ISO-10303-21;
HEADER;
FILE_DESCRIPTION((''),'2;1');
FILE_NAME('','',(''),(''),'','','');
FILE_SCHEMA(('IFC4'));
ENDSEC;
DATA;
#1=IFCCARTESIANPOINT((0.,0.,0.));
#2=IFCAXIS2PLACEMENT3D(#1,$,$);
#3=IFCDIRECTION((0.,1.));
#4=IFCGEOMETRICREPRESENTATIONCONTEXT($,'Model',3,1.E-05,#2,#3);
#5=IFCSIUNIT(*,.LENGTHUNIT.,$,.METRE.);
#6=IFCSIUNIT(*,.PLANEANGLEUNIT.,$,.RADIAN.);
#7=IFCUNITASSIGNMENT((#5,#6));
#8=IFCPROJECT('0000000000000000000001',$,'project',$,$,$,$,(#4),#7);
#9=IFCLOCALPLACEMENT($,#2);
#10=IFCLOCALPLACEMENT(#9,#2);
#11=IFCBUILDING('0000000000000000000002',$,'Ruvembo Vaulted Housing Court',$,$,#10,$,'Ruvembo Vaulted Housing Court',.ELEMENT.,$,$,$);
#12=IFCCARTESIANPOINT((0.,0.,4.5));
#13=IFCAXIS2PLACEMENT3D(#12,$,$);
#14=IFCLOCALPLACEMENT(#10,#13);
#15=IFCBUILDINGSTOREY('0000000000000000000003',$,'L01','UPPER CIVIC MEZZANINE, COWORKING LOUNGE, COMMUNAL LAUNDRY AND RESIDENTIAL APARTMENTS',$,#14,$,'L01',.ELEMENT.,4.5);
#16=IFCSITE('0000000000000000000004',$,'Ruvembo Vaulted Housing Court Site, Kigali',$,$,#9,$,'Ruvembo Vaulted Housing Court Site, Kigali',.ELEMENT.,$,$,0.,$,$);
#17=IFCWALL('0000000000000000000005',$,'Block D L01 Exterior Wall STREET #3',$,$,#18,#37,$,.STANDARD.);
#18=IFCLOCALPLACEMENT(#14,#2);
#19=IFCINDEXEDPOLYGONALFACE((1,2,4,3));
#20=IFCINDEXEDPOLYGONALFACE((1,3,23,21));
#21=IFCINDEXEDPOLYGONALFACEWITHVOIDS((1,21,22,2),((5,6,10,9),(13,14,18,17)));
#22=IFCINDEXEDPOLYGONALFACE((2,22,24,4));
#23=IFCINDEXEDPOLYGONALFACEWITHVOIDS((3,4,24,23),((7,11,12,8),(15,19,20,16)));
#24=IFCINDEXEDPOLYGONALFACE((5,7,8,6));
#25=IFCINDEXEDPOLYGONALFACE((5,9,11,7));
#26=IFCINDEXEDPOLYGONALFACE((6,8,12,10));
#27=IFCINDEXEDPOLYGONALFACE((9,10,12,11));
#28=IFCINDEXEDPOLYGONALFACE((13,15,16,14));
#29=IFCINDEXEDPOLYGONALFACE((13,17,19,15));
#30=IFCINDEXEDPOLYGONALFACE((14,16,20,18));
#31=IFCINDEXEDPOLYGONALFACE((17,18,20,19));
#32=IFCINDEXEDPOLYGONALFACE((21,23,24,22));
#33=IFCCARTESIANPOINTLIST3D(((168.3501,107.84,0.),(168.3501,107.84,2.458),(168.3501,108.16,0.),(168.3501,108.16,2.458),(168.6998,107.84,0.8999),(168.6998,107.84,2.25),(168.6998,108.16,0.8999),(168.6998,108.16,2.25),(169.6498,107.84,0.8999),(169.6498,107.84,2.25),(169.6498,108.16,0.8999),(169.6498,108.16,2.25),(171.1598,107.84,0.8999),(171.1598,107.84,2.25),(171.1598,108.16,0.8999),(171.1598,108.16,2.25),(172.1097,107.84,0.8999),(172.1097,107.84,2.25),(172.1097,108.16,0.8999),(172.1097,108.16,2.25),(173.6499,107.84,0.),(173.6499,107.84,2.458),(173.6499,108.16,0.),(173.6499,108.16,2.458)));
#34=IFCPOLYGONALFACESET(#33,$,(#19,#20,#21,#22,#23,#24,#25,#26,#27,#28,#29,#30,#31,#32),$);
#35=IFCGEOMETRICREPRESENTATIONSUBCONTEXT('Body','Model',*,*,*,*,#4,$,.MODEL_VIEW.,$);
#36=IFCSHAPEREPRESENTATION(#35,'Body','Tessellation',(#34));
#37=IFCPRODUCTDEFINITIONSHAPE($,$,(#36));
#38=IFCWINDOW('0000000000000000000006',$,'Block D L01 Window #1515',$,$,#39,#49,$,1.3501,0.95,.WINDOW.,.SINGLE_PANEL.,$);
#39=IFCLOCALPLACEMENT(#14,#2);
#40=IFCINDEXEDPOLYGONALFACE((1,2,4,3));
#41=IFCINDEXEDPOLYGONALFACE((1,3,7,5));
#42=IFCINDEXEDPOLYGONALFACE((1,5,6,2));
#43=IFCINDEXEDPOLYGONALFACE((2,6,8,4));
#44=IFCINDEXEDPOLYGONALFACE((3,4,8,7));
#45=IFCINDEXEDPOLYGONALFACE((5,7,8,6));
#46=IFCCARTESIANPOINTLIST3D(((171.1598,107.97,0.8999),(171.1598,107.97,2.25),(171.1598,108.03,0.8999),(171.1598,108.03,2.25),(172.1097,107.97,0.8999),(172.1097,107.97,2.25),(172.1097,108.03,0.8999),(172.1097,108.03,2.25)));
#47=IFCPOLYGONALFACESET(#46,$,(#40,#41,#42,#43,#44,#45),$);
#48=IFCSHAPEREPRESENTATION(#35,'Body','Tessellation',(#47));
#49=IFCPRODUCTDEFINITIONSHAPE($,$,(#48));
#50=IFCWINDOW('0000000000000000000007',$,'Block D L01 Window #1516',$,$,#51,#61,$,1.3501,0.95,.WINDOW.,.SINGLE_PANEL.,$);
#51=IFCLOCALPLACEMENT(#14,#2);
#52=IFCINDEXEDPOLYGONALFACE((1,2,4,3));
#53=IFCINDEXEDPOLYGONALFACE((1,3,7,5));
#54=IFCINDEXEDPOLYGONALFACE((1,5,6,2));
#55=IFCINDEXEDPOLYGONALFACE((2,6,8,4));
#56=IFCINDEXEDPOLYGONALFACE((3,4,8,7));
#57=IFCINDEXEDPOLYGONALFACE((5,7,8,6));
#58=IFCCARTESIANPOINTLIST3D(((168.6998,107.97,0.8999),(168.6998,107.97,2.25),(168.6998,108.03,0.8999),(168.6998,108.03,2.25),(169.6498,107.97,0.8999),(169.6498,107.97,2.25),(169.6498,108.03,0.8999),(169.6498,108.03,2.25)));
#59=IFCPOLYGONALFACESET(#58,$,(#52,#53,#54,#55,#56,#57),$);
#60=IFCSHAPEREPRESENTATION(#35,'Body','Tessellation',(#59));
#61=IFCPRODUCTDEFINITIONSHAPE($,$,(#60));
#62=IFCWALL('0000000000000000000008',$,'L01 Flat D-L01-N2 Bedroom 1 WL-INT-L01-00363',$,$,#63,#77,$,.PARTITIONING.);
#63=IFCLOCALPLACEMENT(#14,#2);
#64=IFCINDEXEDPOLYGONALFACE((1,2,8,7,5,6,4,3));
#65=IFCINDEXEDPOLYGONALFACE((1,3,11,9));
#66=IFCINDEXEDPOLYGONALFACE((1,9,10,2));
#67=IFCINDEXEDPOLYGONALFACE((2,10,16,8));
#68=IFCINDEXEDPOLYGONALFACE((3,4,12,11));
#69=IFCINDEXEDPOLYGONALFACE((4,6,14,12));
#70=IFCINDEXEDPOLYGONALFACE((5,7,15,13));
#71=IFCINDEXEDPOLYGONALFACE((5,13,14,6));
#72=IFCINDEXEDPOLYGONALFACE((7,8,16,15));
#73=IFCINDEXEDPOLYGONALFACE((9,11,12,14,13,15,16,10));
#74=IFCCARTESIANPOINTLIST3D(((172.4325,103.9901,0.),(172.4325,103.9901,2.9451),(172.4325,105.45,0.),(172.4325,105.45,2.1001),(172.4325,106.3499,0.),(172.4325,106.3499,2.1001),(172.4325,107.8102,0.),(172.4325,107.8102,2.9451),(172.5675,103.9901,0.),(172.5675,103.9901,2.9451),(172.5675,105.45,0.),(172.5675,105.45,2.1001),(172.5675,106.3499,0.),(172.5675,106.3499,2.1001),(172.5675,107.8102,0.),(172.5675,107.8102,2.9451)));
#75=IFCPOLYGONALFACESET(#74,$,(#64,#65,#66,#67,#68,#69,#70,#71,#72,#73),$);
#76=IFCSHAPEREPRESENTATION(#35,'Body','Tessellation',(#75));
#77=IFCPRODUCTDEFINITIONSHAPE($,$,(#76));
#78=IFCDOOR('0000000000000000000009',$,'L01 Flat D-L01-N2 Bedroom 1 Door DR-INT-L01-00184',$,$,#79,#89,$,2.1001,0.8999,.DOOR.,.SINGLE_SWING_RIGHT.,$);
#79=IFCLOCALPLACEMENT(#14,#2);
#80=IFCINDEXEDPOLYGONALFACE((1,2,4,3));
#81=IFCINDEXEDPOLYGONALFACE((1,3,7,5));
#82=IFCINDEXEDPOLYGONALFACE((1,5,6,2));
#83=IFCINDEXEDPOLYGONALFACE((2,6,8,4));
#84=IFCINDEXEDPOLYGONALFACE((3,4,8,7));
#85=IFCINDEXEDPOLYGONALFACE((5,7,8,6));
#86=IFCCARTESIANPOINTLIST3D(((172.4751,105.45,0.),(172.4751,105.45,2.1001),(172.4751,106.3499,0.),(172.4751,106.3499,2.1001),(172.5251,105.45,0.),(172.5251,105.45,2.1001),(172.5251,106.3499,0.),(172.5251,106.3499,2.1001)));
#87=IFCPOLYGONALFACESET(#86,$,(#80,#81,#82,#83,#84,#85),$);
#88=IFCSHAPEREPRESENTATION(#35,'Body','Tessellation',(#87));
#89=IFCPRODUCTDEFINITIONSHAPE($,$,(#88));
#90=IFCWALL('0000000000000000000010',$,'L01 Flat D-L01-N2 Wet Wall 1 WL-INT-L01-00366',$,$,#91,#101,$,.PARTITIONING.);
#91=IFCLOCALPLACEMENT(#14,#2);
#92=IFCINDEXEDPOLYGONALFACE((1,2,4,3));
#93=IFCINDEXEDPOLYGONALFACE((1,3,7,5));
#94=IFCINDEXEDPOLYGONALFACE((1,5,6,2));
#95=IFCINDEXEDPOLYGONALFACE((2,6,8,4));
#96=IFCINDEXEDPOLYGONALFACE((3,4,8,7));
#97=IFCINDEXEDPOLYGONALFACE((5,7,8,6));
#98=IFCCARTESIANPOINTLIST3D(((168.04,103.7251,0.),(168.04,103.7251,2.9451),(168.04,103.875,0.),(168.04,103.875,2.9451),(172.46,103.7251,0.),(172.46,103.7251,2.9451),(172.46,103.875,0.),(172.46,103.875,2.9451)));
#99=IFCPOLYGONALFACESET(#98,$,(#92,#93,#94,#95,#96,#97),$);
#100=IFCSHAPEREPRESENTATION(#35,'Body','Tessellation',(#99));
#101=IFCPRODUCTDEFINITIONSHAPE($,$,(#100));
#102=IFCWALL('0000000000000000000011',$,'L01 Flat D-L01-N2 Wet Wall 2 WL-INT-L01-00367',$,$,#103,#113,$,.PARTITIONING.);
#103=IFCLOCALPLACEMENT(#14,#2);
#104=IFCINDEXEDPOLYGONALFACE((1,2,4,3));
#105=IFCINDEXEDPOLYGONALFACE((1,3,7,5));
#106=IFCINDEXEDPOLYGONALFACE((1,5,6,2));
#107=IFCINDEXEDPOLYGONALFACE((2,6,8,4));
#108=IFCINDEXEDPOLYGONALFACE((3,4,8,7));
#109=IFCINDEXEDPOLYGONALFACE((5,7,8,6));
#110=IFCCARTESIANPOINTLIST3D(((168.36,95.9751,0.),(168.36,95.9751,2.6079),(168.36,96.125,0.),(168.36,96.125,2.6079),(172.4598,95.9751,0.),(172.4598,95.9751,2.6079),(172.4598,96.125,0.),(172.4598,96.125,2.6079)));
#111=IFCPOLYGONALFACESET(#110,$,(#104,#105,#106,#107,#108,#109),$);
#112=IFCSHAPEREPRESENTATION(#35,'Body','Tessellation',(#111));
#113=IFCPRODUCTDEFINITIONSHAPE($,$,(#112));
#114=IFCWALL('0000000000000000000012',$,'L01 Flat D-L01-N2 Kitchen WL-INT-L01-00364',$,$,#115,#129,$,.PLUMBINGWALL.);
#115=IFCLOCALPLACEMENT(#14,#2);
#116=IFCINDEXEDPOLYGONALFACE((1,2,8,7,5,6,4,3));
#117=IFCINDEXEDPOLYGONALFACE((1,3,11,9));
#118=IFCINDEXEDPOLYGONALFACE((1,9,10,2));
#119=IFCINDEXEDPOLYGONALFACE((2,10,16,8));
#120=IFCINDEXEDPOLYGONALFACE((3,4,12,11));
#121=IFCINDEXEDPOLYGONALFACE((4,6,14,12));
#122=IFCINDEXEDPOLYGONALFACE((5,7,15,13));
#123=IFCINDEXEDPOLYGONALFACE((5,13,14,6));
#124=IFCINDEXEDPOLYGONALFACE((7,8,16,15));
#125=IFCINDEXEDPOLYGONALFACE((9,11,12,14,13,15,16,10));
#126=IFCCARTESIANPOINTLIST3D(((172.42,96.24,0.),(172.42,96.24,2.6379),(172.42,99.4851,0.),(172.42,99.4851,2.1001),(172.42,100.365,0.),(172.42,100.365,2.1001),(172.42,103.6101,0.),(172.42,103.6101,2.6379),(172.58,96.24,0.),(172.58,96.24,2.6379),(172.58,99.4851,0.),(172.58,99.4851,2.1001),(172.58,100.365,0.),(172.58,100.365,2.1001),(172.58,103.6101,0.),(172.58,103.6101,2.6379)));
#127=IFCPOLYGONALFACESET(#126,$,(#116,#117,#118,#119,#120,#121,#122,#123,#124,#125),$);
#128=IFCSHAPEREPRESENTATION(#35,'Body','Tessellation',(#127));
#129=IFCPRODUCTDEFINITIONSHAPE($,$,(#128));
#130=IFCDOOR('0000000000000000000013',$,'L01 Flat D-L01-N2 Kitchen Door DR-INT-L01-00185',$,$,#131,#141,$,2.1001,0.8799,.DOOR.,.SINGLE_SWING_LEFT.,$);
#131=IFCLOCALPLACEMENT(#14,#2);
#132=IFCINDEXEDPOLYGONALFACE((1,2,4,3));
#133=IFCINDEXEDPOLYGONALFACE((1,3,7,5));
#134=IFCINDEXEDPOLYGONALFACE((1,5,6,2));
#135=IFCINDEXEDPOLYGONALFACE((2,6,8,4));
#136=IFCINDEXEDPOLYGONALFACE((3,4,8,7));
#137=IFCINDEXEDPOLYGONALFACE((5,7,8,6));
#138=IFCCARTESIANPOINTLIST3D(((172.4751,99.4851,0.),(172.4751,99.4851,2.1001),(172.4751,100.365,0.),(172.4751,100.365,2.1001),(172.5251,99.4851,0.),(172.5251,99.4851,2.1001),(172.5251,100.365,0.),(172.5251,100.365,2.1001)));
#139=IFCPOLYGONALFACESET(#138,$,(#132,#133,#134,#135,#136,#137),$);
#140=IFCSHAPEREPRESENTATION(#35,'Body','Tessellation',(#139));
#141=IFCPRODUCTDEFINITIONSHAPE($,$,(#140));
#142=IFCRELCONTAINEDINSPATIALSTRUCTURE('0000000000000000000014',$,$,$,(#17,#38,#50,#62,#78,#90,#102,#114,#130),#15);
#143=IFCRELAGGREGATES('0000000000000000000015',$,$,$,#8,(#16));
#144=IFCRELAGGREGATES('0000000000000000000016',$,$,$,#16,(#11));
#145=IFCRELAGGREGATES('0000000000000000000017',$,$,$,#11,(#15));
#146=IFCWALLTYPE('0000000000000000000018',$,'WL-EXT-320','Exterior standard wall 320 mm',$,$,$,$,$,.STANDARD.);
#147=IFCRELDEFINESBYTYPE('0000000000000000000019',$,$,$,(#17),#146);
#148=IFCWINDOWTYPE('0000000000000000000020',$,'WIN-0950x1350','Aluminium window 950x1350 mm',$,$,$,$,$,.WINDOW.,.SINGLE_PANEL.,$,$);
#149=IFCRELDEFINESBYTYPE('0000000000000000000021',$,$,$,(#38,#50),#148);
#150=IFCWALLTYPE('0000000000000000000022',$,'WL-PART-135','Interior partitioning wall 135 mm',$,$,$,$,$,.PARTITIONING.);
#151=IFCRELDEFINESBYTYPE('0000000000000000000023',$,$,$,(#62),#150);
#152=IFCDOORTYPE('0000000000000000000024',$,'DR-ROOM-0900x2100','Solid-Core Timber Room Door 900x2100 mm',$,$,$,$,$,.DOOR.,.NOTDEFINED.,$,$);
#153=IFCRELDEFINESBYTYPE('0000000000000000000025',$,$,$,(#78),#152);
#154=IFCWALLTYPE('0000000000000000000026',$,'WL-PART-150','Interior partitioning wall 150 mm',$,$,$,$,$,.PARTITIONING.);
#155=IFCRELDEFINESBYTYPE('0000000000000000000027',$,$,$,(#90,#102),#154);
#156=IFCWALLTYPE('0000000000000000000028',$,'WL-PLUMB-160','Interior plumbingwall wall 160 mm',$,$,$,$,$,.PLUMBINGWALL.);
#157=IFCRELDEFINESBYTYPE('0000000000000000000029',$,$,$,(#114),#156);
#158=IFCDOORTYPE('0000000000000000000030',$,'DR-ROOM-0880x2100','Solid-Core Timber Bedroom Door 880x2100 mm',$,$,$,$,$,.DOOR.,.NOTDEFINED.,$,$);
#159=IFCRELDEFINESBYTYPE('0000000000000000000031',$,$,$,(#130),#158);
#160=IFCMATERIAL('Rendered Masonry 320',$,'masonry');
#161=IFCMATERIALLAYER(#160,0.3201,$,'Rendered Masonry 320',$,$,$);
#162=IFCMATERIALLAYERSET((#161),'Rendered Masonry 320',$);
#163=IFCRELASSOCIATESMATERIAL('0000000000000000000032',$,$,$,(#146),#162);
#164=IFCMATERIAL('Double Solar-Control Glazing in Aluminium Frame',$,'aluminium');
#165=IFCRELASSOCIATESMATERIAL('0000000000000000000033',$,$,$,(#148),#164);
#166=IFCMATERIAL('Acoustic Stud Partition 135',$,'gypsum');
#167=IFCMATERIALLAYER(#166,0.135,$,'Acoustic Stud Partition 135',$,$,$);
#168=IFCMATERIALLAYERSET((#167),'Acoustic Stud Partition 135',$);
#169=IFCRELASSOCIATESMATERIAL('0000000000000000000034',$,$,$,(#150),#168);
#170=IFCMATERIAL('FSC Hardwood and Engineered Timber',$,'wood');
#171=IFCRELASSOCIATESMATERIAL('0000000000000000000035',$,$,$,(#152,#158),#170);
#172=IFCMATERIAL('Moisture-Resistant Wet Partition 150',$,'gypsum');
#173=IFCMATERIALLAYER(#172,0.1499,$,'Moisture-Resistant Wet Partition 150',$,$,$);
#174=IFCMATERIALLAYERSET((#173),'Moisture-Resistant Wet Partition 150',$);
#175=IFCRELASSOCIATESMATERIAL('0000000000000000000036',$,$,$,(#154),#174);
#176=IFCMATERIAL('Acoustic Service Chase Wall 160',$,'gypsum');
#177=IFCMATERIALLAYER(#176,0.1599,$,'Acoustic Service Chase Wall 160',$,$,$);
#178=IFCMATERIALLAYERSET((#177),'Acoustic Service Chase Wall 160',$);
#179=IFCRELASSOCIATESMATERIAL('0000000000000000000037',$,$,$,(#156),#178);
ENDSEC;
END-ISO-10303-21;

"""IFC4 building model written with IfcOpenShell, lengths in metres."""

from ifc_helpers import new_model, si_unit, direction, frame, frame_2d, origin, place, context, subcontext, project, spatial, rectangle, extrude, material, layer, layer_set, type_object, element, fill, save


model = new_model("IFC4")

# Units and contexts
model_context = context("Model", 3, precision=1e-05, world=origin(), true_north=direction((0.0, 1.0)))
body_context = subcontext(model_context, "Body", "Model", "MODEL_VIEW")
ifc_project = project(units=[si_unit("LENGTHUNIT", "METRE"), si_unit("PLANEANGLEUNIT", "RADIAN")], contexts=[model_context])

# Site, building, storey
site_placement = place(None, origin())
site = spatial("IfcSite", under=ifc_project, at=site_placement, Name="Ruvembo Vaulted Housing Court Site, Kigali", LongName="Ruvembo Vaulted Housing Court Site, Kigali", CompositionType="ELEMENT", RefElevation=0.0)
building_placement = place(site_placement, origin())
building = spatial("IfcBuilding", under=site, at=building_placement, Name="Ruvembo Vaulted Housing Court", LongName="Ruvembo Vaulted Housing Court", CompositionType="ELEMENT")
storey_placement = place(building_placement, frame((0.0, 0.0, 4.5)))
storey = spatial("IfcBuildingStorey", under=building, at=storey_placement, Name="L01", Description="UPPER CIVIC MEZZANINE, COWORKING LOUNGE, COMMUNAL LAUNDRY AND RESIDENTIAL APARTMENTS", LongName="L01", CompositionType="ELEMENT", Elevation=4.5)

# Wall, openings, windows
ifc_material_1 = material(Name="Rendered Masonry 320", Category="masonry")
ifc_layer_1 = layer(ifc_material_1, 0.3201, Name="Rendered Masonry 320")
ifc_layer_set_1 = layer_set([ifc_layer_1], Name="Rendered Masonry 320")
wall_type_1 = type_object("IfcWallType", Name="WL-EXT-320", Description="Exterior standard wall 320 mm", PredefinedType="STANDARD", material=ifc_layer_set_1)
wall_1_placement = place(storey_placement, frame((173.6499, 108.0, 0.0), z_axis=(0.0, 0.0, 1.0), x_axis=(-1.0, 0.0, 0.0)))
wall_1 = element("IfcWall", 1, at=wall_1_placement, inside=storey, type_object=wall_type_1, Name="Block D L01 Exterior Wall STREET #3", PredefinedType="STANDARD", context=body_context, shape_type="SweptSolid", body=[
    extrude(rectangle(XDim=5.2998, YDim=0.3201, at=frame_2d((2.6499, 0.0))), origin(), (0.0, 0.0, 1.0), 2.458),
])
opening_1_placement = place(wall_1_placement, frame((1.54, 0.0, 0.8999)))
opening_1 = element("IfcOpeningElement", 2, at=opening_1_placement, cuts=wall_1, PredefinedType="OPENING", context=body_context, shape_type="SweptSolid", body=[
    extrude(rectangle(XDim=0.95, YDim=1.3501, at=frame_2d((0.4751, 0.675))), frame((0.0, 0.1699, 0.0), z_axis=(0.0, -1.0, 0.0), x_axis=(1.0, 0.0, 0.0)), (0.0, 0.0, 1.0), 0.3401),
])
opening_2_placement = place(wall_1_placement, frame((4.0, 0.0, 0.8999)))
opening_2 = element("IfcOpeningElement", 3, at=opening_2_placement, cuts=wall_1, PredefinedType="OPENING", context=body_context, shape_type="SweptSolid", body=[
    extrude(rectangle(XDim=0.95, YDim=1.3501, at=frame_2d((0.4751, 0.675))), frame((0.0, 0.1699, 0.0), z_axis=(0.0, -1.0, 0.0), x_axis=(1.0, 0.0, 0.0)), (0.0, 0.0, 1.0), 0.3401),
])
ifc_material_2 = material(Name="Double Solar-Control Glazing in Aluminium Frame", Category="aluminium")
window_type = type_object("IfcWindowType", Name="WIN-0950x1350", Description="Aluminium window 950x1350 mm", PartitioningType="SINGLE_PANEL", PredefinedType="WINDOW", material=ifc_material_2)
window_1_placement = place(opening_1_placement, origin())
window_1 = element("IfcWindow", 4, at=window_1_placement, inside=storey, type_object=window_type, Name="Block D L01 Window #1515", OverallHeight=1.3501, OverallWidth=0.95, PartitioningType="SINGLE_PANEL", PredefinedType="WINDOW", context=body_context, shape_type="SweptSolid", body=[
    extrude(rectangle(XDim=0.95, YDim=1.3501, at=frame_2d((0.4751, 0.675))), frame((0.0, 0.03, 0.0), z_axis=(0.0, -1.0, 0.0), x_axis=(1.0, 0.0, 0.0)), (0.0, 0.0, 1.0), 0.0601),
])
fill(opening_1, window_1)
window_2_placement = place(opening_2_placement, origin())
window_2 = element("IfcWindow", 5, at=window_2_placement, inside=storey, type_object=window_type, Name="Block D L01 Window #1516", OverallHeight=1.3501, OverallWidth=0.95, PartitioningType="SINGLE_PANEL", PredefinedType="WINDOW", context=body_context, shape_type="SweptSolid", body=[
    extrude(rectangle(XDim=0.95, YDim=1.3501, at=frame_2d((0.4751, 0.675))), frame((0.0, 0.03, 0.0), z_axis=(0.0, -1.0, 0.0), x_axis=(1.0, 0.0, 0.0)), (0.0, 0.0, 1.0), 0.0601),
])
fill(opening_2, window_2)

# Wall, opening, door
ifc_material_3 = material(Name="Acoustic Stud Partition 135", Category="gypsum")
ifc_layer_2 = layer(ifc_material_3, 0.135, Name="Acoustic Stud Partition 135")
ifc_layer_set_2 = layer_set([ifc_layer_2], Name="Acoustic Stud Partition 135")
wall_type_2 = type_object("IfcWallType", Name="WL-PART-135", Description="Interior partitioning wall 135 mm", PredefinedType="PARTITIONING", material=ifc_layer_set_2)
wall_2_placement = place(storey_placement, frame((172.5, 103.99, 0.0), z_axis=(0.0, 0.0, 1.0), x_axis=(0.0, 1.0, 0.0)))
wall_2 = element("IfcWall", 6, at=wall_2_placement, inside=storey, type_object=wall_type_2, Name="L01 Flat D-L01-N2 Bedroom 1 WL-INT-L01-00363", PredefinedType="PARTITIONING", context=body_context, shape_type="SweptSolid", body=[
    extrude(rectangle(XDim=3.8201, YDim=0.135, at=frame_2d((1.9102, 0.0))), origin(), (0.0, 0.0, 1.0), 2.9451),
])
opening_3_placement = place(wall_2_placement, frame((1.46, 0.0, 0.0)))
opening_3 = element("IfcOpeningElement", 7, at=opening_3_placement, cuts=wall_2, PredefinedType="OPENING", context=body_context, shape_type="SweptSolid", body=[
    extrude(rectangle(XDim=0.8999, YDim=2.1001, at=frame_2d((0.45, 1.05))), frame((0.0, 0.0774, 0.0), z_axis=(0.0, -1.0, 0.0), x_axis=(1.0, 0.0, 0.0)), (0.0, 0.0, 1.0), 0.155),
])
ifc_material_4 = material(Name="FSC Hardwood and Engineered Timber", Category="wood")
door_type_1 = type_object("IfcDoorType", Name="DR-ROOM-0900x2100", Description="Solid-Core Timber Room Door 900x2100 mm", OperationType="NOTDEFINED", PredefinedType="DOOR", material=ifc_material_4)
door_1_placement = place(opening_3_placement, origin())
door_1 = element("IfcDoor", 8, at=door_1_placement, inside=storey, type_object=door_type_1, Name="L01 Flat D-L01-N2 Bedroom 1 Door DR-INT-L01-00184", OperationType="SINGLE_SWING_RIGHT", OverallHeight=2.1001, OverallWidth=0.8999, PredefinedType="DOOR", context=body_context, shape_type="SweptSolid", body=[
    extrude(rectangle(XDim=0.8999, YDim=2.1001, at=frame_2d((0.45, 1.05))), frame((0.0, 0.0249, 0.0), z_axis=(0.0, -1.0, 0.0), x_axis=(1.0, 0.0, 0.0)), (0.0, 0.0, 1.0), 0.05),
])
fill(opening_3, door_1)

# Walls
ifc_material_5 = material(Name="Moisture-Resistant Wet Partition 150", Category="gypsum")
ifc_layer_3 = layer(ifc_material_5, 0.1499, Name="Moisture-Resistant Wet Partition 150")
ifc_layer_set_3 = layer_set([ifc_layer_3], Name="Moisture-Resistant Wet Partition 150")
wall_type_3 = type_object("IfcWallType", Name="WL-PART-150", Description="Interior partitioning wall 150 mm", PredefinedType="PARTITIONING", material=ifc_layer_set_3)
wall_3_placement = place(storey_placement, frame((168.04, 103.8, 0.0), z_axis=(0.0, 0.0, 1.0), x_axis=(1.0, 0.0, 0.0)))
element("IfcWall", 9, at=wall_3_placement, inside=storey, type_object=wall_type_3, Name="L01 Flat D-L01-N2 Wet Wall 1 WL-INT-L01-00366", PredefinedType="PARTITIONING", context=body_context, shape_type="SweptSolid", body=[
    extrude(rectangle(XDim=4.4199, YDim=0.1499, at=frame_2d((2.21, 0.0))), origin(), (0.0, 0.0, 1.0), 2.9451),
])
wall_4_placement = place(storey_placement, frame((168.3601, 96.05, 0.0), z_axis=(0.0, 0.0, 1.0), x_axis=(1.0, 0.0, 0.0)))
element("IfcWall", 10, at=wall_4_placement, inside=storey, type_object=wall_type_3, Name="L01 Flat D-L01-N2 Wet Wall 2 WL-INT-L01-00367", PredefinedType="PARTITIONING", context=body_context, shape_type="SweptSolid", body=[
    extrude(rectangle(XDim=4.0999, YDim=0.1499, at=frame_2d((2.0498, 0.0))), origin(), (0.0, 0.0, 1.0), 2.6079),
])

# Wall, opening, door
ifc_material_6 = material(Name="Acoustic Service Chase Wall 160", Category="gypsum")
ifc_layer_4 = layer(ifc_material_6, 0.1599, Name="Acoustic Service Chase Wall 160")
ifc_layer_set_4 = layer_set([ifc_layer_4], Name="Acoustic Service Chase Wall 160")
wall_type_4 = type_object("IfcWallType", Name="WL-PLUMB-160", Description="Interior plumbingwall wall 160 mm", PredefinedType="PLUMBINGWALL", material=ifc_layer_set_4)
wall_5_placement = place(storey_placement, frame((172.5, 96.24, 0.0), z_axis=(0.0, 0.0, 1.0), x_axis=(0.0, 1.0, 0.0)))
wall_5 = element("IfcWall", 11, at=wall_5_placement, inside=storey, type_object=wall_type_4, Name="L01 Flat D-L01-N2 Kitchen WL-INT-L01-00364", PredefinedType="PLUMBINGWALL", context=body_context, shape_type="SweptSolid", body=[
    extrude(rectangle(XDim=7.3701, YDim=0.1599, at=frame_2d((3.6851, 0.0))), origin(), (0.0, 0.0, 1.0), 2.6379),
])
opening_4_placement = place(wall_5_placement, frame((3.2451, 0.0, 0.0)))
opening_4 = element("IfcOpeningElement", 12, at=opening_4_placement, cuts=wall_5, PredefinedType="OPENING", context=body_context, shape_type="SweptSolid", body=[
    extrude(rectangle(XDim=0.8799, YDim=2.1001, at=frame_2d((0.4399, 1.05))), frame((0.0, 0.0898, 0.0), z_axis=(0.0, -1.0, 0.0), x_axis=(1.0, 0.0, 0.0)), (0.0, 0.0, 1.0), 0.1799),
])
door_type_2 = type_object("IfcDoorType", Name="DR-ROOM-0880x2100", Description="Solid-Core Timber Bedroom Door 880x2100 mm", OperationType="NOTDEFINED", PredefinedType="DOOR", material=ifc_material_4)
door_2_placement = place(opening_4_placement, origin())
door_2 = element("IfcDoor", 13, at=door_2_placement, inside=storey, type_object=door_type_2, Name="L01 Flat D-L01-N2 Kitchen Door DR-INT-L01-00185", OperationType="SINGLE_SWING_LEFT", OverallHeight=2.1001, OverallWidth=0.8799, PredefinedType="DOOR", context=body_context, shape_type="SweptSolid", body=[
    extrude(rectangle(XDim=0.8799, YDim=2.1001, at=frame_2d((0.4399, 1.05))), frame((0.0, 0.0249, 0.0), z_axis=(0.0, -1.0, 0.0), x_axis=(1.0, 0.0, 0.0)), (0.0, 0.0, 1.0), 0.05),
])
fill(opening_4, door_2)

save(model, "model.ifc")
